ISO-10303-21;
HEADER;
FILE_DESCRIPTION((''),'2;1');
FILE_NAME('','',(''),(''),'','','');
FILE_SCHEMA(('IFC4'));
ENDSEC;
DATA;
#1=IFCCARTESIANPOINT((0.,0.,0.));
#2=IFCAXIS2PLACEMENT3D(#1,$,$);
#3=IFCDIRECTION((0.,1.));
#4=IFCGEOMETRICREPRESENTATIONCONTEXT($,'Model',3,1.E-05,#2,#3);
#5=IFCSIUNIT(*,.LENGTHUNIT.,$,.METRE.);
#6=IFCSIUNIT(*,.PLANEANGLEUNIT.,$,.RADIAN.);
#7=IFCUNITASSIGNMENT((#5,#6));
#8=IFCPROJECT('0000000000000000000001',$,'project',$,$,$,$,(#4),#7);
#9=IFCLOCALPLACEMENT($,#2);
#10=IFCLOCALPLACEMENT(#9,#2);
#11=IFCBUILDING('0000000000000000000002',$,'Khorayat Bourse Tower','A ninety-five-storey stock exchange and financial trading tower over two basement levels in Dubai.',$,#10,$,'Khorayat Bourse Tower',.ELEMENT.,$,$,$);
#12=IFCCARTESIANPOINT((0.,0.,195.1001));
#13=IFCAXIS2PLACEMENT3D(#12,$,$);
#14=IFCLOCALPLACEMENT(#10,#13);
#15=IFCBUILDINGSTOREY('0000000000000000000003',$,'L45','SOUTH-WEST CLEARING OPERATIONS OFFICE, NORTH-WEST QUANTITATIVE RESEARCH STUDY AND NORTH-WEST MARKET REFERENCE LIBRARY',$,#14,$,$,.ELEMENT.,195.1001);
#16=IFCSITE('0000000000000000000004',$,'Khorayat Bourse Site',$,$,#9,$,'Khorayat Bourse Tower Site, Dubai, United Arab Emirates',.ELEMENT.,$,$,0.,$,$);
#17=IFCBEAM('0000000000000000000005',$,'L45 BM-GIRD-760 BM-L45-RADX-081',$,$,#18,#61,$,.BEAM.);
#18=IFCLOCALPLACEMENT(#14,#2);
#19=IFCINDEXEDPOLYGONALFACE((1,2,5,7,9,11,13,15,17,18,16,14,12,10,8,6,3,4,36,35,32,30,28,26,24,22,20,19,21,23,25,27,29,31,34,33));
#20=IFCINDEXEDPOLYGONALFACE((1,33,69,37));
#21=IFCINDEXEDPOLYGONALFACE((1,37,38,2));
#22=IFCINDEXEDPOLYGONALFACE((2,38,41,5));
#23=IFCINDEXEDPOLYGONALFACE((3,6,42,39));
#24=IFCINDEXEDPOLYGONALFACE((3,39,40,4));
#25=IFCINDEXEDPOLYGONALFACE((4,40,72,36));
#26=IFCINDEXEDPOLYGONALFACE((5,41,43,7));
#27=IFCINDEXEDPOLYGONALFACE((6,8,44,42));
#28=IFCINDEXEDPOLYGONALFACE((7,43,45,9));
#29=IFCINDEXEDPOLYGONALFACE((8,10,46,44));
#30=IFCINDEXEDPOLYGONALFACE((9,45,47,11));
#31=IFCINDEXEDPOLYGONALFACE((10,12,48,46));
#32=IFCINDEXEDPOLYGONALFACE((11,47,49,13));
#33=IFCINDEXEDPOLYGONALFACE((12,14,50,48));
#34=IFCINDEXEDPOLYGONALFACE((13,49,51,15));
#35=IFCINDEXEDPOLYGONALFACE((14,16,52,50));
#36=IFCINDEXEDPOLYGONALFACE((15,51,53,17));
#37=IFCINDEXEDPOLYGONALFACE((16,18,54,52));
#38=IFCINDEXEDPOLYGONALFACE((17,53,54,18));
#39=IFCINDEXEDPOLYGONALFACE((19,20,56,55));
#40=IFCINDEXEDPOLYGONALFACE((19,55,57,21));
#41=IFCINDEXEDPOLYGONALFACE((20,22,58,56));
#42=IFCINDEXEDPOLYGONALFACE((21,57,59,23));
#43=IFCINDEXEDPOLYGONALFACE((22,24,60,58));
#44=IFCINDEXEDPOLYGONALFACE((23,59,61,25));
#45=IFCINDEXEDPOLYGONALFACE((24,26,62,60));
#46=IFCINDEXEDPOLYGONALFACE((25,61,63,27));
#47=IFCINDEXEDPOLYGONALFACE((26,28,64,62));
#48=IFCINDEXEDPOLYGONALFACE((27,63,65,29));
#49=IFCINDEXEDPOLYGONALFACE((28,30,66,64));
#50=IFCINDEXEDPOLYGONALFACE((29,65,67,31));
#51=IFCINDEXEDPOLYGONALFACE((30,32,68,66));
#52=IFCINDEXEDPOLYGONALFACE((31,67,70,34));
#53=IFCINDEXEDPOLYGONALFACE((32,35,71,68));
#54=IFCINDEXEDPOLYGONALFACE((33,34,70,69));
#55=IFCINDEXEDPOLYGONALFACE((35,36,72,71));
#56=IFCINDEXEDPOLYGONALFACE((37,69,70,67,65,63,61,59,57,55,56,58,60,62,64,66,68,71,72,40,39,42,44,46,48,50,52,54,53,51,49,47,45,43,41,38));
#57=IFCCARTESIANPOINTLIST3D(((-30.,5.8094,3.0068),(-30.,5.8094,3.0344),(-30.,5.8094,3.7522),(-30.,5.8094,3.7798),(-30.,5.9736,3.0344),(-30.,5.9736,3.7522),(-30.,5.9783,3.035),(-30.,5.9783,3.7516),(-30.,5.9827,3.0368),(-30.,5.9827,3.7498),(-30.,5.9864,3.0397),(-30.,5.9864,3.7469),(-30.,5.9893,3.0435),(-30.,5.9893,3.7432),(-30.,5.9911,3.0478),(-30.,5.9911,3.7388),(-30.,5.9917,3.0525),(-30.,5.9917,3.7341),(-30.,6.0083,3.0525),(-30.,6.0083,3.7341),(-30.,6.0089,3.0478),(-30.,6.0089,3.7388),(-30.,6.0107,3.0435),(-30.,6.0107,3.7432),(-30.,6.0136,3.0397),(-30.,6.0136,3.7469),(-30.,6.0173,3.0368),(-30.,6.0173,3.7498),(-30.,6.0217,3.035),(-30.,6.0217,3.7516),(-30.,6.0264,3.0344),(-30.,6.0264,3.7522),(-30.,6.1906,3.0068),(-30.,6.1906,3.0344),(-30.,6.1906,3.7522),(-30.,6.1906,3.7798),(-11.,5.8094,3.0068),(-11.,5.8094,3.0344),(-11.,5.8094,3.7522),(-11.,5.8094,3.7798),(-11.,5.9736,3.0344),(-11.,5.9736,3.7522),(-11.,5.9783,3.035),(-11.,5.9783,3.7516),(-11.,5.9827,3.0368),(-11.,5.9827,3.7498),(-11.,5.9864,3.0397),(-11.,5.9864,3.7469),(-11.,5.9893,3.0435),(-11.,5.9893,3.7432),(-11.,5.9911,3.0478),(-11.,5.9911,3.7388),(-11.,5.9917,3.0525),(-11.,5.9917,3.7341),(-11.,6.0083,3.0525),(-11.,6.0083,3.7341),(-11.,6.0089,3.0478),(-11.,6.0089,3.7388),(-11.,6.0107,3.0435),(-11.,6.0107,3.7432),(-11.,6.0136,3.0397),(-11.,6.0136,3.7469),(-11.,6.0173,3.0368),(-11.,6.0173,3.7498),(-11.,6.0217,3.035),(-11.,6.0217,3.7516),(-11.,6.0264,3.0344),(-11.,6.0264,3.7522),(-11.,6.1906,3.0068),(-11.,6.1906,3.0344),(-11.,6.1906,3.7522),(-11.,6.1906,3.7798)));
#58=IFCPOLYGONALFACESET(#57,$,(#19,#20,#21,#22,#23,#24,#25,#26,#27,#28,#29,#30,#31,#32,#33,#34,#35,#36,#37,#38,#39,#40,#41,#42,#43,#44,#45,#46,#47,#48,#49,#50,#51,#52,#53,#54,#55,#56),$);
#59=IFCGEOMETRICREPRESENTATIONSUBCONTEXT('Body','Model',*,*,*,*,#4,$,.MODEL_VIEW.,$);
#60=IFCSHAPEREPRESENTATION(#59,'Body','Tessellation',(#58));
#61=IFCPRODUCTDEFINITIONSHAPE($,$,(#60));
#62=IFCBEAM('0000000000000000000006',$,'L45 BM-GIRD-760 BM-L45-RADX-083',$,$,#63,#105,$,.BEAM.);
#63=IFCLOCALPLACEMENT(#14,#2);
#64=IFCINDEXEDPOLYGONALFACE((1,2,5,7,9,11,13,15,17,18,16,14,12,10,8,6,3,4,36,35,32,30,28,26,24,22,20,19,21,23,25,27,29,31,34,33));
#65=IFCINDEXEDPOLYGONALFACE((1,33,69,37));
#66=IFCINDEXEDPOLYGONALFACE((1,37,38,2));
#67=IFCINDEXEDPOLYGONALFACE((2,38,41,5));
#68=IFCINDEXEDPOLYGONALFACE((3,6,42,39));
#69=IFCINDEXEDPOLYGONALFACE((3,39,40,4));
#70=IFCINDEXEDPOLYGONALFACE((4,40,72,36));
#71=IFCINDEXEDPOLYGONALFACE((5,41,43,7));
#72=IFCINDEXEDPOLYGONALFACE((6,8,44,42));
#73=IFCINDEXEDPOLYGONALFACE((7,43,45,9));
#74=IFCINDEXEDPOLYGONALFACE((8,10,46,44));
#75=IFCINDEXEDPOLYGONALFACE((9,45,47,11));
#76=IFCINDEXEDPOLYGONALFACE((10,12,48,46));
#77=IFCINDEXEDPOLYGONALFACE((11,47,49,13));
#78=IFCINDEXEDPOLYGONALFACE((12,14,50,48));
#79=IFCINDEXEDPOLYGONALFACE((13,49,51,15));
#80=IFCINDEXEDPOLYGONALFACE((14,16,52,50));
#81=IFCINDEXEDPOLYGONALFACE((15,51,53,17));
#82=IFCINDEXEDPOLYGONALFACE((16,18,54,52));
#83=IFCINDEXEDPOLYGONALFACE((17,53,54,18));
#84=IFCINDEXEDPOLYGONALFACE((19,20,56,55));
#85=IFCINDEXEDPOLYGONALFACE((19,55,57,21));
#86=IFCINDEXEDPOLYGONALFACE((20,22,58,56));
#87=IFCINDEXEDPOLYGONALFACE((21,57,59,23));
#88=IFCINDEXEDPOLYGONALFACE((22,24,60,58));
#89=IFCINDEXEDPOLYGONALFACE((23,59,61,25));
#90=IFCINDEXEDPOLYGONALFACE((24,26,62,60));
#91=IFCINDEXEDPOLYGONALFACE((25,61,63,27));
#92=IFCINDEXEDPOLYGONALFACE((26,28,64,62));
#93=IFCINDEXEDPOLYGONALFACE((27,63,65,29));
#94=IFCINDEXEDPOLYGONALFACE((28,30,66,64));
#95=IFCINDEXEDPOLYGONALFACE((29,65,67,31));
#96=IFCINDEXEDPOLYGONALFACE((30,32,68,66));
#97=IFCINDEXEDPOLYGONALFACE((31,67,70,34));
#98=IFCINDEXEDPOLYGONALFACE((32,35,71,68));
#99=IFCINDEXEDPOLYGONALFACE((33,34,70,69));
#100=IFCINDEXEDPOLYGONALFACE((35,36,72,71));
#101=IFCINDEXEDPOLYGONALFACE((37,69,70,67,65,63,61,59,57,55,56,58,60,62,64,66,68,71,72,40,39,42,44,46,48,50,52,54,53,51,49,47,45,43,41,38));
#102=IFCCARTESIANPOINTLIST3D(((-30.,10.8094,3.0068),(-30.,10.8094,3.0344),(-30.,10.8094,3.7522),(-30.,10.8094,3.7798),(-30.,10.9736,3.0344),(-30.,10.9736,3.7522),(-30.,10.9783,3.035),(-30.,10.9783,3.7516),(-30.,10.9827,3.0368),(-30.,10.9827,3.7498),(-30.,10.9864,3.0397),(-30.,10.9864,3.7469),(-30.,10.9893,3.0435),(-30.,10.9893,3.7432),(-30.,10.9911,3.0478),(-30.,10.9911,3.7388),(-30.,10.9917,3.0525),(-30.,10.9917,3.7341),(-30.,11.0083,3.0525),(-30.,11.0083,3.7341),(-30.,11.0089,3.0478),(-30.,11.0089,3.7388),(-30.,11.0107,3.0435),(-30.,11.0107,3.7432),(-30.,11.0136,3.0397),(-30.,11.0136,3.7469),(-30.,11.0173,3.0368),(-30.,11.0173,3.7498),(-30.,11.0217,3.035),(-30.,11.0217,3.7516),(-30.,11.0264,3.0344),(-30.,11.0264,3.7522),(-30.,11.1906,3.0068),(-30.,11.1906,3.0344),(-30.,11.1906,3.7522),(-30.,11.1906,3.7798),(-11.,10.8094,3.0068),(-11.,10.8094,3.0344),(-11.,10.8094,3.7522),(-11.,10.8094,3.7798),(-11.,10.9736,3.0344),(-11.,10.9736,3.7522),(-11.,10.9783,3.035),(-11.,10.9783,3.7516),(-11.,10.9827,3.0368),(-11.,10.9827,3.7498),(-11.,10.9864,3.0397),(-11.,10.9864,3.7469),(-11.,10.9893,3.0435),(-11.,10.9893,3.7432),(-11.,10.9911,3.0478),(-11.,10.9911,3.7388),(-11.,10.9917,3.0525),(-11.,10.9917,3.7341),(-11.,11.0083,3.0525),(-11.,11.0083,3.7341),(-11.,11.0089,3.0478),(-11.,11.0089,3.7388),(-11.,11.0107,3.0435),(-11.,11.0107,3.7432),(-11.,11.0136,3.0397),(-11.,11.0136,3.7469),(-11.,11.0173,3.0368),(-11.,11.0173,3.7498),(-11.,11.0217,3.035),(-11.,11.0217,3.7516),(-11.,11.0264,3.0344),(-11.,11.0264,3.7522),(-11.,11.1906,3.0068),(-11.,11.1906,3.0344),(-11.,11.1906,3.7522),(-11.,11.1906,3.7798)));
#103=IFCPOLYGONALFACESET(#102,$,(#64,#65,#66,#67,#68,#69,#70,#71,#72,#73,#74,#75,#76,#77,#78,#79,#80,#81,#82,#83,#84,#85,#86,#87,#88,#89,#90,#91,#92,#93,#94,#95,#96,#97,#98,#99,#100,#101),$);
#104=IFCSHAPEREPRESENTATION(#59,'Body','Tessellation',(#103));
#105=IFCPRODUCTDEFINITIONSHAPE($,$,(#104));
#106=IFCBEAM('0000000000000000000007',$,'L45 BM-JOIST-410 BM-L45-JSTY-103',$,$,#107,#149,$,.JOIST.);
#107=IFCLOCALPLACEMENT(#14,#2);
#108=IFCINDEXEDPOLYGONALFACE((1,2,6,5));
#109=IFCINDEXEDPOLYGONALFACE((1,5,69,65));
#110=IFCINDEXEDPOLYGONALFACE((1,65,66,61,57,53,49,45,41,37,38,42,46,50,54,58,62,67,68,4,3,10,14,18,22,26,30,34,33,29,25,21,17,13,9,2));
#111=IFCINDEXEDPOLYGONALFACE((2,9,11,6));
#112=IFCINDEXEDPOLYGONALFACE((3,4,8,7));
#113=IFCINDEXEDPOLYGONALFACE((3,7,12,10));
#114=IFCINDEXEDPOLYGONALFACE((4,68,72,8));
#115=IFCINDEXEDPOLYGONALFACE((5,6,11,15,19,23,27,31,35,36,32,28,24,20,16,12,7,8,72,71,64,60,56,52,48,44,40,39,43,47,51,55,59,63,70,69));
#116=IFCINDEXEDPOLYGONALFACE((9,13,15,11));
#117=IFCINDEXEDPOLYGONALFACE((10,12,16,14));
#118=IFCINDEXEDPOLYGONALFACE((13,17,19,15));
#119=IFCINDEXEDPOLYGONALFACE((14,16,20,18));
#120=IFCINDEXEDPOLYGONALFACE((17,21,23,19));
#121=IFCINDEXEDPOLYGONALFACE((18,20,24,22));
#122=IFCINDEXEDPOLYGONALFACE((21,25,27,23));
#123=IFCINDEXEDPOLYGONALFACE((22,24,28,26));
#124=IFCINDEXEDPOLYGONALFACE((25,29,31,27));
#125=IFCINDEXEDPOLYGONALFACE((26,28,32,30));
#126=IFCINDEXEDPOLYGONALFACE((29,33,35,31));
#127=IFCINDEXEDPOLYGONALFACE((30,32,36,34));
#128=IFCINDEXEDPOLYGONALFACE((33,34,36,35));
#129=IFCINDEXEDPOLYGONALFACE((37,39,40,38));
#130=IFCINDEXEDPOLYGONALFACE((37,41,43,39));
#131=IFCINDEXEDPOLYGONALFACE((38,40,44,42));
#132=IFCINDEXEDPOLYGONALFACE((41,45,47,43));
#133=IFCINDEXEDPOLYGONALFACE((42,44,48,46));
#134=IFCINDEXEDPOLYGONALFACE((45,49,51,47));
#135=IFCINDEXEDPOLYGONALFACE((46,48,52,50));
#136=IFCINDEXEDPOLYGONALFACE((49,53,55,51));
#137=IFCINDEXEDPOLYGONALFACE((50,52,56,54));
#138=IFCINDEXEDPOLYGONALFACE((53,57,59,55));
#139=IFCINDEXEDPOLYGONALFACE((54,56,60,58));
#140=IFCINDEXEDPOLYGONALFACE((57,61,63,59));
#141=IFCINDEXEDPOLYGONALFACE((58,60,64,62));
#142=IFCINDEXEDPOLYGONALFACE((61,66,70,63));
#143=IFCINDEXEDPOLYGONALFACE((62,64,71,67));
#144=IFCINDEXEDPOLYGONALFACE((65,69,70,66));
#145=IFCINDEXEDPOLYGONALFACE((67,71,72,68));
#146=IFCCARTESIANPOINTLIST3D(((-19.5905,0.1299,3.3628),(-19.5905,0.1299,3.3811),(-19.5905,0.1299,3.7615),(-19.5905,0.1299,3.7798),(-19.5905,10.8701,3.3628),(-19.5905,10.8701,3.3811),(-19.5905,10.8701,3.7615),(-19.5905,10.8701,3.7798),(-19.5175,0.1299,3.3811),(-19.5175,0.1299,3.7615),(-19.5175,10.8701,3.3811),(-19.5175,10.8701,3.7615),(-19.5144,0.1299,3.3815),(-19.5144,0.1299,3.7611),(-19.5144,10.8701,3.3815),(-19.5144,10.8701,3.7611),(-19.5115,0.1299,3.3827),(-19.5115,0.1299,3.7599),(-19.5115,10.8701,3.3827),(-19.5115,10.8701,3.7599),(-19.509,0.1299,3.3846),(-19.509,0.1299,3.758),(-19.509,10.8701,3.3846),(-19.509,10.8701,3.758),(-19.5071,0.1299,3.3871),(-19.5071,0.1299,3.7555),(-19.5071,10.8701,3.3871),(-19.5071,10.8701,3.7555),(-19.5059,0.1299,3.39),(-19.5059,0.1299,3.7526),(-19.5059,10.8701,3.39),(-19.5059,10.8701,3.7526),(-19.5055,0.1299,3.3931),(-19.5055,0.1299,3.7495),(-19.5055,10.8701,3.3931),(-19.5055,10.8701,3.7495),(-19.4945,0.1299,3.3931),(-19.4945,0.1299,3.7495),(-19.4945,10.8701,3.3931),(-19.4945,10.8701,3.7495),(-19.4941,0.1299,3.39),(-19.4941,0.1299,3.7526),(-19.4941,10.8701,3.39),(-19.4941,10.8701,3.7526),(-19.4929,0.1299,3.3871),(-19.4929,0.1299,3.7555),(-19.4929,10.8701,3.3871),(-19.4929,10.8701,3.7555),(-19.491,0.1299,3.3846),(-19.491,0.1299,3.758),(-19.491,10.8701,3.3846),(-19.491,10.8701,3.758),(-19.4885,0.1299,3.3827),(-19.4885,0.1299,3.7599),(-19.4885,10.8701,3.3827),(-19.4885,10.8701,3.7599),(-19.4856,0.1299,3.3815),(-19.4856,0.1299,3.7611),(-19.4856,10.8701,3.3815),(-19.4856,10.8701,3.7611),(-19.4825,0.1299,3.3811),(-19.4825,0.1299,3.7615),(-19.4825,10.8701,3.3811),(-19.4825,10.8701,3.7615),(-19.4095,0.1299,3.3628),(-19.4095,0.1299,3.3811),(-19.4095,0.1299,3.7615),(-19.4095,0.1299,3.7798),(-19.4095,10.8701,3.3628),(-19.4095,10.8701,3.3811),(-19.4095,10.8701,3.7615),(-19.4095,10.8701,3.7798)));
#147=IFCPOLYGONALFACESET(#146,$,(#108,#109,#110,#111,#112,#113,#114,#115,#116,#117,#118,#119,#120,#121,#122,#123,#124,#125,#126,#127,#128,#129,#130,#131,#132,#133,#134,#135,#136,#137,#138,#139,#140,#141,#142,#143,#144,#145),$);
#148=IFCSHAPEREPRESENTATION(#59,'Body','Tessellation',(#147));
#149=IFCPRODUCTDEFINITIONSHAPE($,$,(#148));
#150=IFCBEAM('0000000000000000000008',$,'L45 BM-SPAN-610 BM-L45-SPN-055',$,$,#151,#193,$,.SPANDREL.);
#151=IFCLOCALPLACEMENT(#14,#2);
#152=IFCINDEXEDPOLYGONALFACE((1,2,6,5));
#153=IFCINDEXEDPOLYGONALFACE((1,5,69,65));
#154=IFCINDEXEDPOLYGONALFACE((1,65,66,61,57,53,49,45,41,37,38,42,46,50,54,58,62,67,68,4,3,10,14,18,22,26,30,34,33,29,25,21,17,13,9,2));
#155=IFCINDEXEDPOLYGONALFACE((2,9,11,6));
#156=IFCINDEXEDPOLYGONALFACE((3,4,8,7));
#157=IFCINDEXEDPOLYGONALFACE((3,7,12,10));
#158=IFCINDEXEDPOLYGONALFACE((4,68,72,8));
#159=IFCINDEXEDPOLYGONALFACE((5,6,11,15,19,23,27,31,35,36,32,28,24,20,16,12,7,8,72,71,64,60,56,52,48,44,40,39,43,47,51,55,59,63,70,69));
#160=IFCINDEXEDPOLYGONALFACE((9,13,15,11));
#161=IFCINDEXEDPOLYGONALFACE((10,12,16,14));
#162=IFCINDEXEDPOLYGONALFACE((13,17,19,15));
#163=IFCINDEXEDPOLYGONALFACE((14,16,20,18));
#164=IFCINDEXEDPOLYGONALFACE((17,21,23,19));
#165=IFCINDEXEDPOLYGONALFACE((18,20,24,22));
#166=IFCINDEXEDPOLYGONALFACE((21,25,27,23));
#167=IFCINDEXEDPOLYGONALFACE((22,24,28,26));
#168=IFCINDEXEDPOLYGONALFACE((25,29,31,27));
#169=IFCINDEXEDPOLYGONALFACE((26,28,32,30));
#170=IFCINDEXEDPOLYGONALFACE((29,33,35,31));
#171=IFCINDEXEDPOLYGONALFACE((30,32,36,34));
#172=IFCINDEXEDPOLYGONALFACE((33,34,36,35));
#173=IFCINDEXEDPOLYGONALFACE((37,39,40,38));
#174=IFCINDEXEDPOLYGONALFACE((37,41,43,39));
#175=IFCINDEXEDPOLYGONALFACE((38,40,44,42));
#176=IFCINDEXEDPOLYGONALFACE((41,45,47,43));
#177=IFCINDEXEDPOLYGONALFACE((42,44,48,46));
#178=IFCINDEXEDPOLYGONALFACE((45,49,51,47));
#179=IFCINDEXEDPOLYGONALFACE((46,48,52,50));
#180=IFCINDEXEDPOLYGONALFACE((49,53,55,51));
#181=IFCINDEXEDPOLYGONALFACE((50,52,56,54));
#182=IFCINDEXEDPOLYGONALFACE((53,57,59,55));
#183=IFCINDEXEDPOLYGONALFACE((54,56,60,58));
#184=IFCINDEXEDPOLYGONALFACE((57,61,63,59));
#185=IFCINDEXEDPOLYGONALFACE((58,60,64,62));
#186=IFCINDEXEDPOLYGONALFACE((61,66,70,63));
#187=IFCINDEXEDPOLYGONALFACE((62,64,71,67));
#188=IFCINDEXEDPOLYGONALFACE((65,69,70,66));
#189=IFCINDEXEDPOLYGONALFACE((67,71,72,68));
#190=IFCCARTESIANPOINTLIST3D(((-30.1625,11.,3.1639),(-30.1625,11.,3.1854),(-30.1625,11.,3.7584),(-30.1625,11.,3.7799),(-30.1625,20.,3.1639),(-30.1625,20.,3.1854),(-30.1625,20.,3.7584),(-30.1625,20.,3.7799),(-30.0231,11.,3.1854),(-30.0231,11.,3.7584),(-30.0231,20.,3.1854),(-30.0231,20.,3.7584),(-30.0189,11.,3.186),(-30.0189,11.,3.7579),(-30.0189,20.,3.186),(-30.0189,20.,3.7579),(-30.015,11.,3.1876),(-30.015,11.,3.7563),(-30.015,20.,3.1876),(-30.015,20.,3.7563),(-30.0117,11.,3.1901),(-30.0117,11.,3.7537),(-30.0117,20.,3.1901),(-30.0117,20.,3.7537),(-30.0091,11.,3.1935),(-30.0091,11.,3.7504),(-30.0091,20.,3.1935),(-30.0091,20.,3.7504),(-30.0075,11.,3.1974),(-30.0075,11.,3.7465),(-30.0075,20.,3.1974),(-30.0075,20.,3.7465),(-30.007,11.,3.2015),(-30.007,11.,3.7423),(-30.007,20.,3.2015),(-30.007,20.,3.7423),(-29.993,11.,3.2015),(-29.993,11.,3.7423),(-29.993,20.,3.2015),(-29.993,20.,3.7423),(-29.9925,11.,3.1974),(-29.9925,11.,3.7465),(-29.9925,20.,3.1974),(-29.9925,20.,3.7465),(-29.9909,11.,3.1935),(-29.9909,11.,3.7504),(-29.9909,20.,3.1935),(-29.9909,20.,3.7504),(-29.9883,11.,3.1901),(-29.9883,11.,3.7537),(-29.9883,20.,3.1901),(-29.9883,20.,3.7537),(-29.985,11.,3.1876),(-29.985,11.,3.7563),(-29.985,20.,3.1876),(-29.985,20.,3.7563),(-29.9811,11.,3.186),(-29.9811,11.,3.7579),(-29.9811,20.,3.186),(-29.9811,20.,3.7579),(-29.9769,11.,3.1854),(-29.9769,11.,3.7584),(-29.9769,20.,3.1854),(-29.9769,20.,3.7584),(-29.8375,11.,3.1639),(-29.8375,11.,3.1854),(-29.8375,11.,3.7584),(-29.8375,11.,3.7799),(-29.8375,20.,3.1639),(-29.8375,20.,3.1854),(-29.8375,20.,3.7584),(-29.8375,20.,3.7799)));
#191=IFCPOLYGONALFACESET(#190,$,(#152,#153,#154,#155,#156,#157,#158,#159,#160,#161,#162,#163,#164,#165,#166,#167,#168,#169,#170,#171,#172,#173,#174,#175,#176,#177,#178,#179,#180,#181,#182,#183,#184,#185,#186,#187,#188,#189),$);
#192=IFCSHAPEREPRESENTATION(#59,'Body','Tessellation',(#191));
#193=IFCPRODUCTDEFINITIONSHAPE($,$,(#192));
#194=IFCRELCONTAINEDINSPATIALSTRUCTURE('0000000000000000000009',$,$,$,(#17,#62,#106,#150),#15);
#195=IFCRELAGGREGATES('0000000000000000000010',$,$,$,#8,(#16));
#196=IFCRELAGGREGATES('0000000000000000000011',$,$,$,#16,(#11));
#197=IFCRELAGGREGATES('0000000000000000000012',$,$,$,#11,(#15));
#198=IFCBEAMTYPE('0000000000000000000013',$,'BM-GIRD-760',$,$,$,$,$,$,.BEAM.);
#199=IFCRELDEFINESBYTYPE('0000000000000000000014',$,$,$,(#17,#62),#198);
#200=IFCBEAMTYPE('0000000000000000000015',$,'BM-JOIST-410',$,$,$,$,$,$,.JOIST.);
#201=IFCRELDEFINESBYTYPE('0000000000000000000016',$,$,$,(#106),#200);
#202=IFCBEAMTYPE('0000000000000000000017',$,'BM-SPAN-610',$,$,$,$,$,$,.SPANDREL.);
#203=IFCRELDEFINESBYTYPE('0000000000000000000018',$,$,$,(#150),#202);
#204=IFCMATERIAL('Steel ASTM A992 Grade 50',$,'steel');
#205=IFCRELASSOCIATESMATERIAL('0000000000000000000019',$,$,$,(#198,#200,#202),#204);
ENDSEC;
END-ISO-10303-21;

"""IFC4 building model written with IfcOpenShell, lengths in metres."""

from ifc_helpers import new_model, si_unit, direction, frame, origin, origin_2d, place, context, subcontext, project, spatial, i_section, extrude, source, transform, mapped, material, material_profile, profile_set, type_object, element, save


model = new_model("IFC4")

# Units and contexts
model_context = context("Model", 3, precision=1e-05, world=origin(), true_north=direction((0.0, 1.0)))
body_context = subcontext(model_context, "Body", "Model", "MODEL_VIEW")
ifc_project = project(units=[si_unit("LENGTHUNIT", "METRE"), si_unit("PLANEANGLEUNIT", "RADIAN")], contexts=[model_context])

# Site, building, storey
site_placement = place(None, origin())
site = spatial("IfcSite", under=ifc_project, at=site_placement, Name="Khorayat Bourse Site", LongName="Khorayat Bourse Tower Site, Dubai, United Arab Emirates", CompositionType="ELEMENT", RefElevation=0.0)
building_placement = place(site_placement, origin())
building = spatial("IfcBuilding", under=site, at=building_placement, Name="Khorayat Bourse Tower", Description="A ninety-five-storey stock exchange and financial trading tower over two basement levels in Dubai.", LongName="Khorayat Bourse Tower", CompositionType="ELEMENT")
storey_placement = place(building_placement, frame((0.0, 0.0, 195.1001)))
storey = spatial("IfcBuildingStorey", under=building, at=storey_placement, Name="L45", Description="SOUTH-WEST CLEARING OPERATIONS OFFICE, NORTH-WEST QUANTITATIVE RESEARCH STUDY AND NORTH-WEST MARKET REFERENCE LIBRARY", CompositionType="ELEMENT", Elevation=195.1001)

# Beams
ifc_material_1 = material(Name="Steel ASTM A992 Grade 50", Category="steel")
ifc_material_profile_1 = material_profile(ifc_material_1, i_section(OverallWidth=0.3811, OverallDepth=0.7729, WebThickness=0.0166, FlangeThickness=0.0276, FilletRadius=0.0181, at=origin_2d()), Name="W760X257")
ifc_profile_set_1 = profile_set([ifc_material_profile_1], Name="Steel ASTM A992 Grade 50")
beam_type_1 = type_object("IfcBeamType", Name="BM-GIRD-760", PredefinedType="BEAM", material=ifc_profile_set_1)
shared_shape_1 = source(origin(), body_context, "Body", "SweptSolid", [
    extrude(i_section(OverallWidth=0.3811, OverallDepth=0.7729, WebThickness=0.0166, FlangeThickness=0.0276, FilletRadius=0.0181, at=origin_2d()), origin(), (0.0, 0.0, 1.0), 19.0),
])
for number, where, z_axis, x_axis, name in (
    (1, (-30.0, 6.0, 3.3933), (1.0, 0.0, 0.0), (0.0, 1.0, 0.0), "L45 BM-GIRD-760 BM-L45-RADX-081"),
    (2, (-30.0, 11.0, 3.3933), (1.0, 0.0, 0.0), (0.0, 1.0, 0.0), "L45 BM-GIRD-760 BM-L45-RADX-083"),
):
    element("IfcBeam", number, at=place(storey_placement, frame(where, z_axis=z_axis, x_axis=x_axis)), inside=storey, type_object=beam_type_1, Name=name, PredefinedType="BEAM", context=body_context, shape_type="MappedRepresentation", body=[
        mapped(shared_shape_1, transform((0.0, 0.0, 0.0), scale=1.0)),
    ])
ifc_material_profile_2 = material_profile(ifc_material_1, i_section(OverallWidth=0.1809, OverallDepth=0.417, WebThickness=0.011, FlangeThickness=0.0183, FilletRadius=0.012, at=origin_2d()), Name="W410X85")
ifc_profile_set_2 = profile_set([ifc_material_profile_2], Name="Steel ASTM A992 Grade 50")
beam_type_2 = type_object("IfcBeamType", Name="BM-JOIST-410", PredefinedType="JOIST", material=ifc_profile_set_2)
shared_shape_2 = source(origin(), body_context, "Body", "SweptSolid", [
    extrude(i_section(OverallWidth=0.1809, OverallDepth=0.417, WebThickness=0.011, FlangeThickness=0.0183, FilletRadius=0.012, at=origin_2d()), origin(), (0.0, 0.0, 1.0), 10.7402),
])
beam_1_placement = place(storey_placement, frame((-19.5, 0.1299, 3.5713), z_axis=(0.0, 1.0, 0.0), x_axis=(-1.0, 0.0, 0.0)))
element("IfcBeam", 3, at=beam_1_placement, inside=storey, type_object=beam_type_2, Name="L45 BM-JOIST-410 BM-L45-JSTY-103", PredefinedType="JOIST", context=body_context, shape_type="MappedRepresentation", body=[
    mapped(shared_shape_2, transform((0.0, 0.0, 0.0), scale=1.0)),
])
ifc_material_profile_3 = material_profile(ifc_material_1, i_section(OverallWidth=0.325, OverallDepth=0.616, WebThickness=0.0139, FlangeThickness=0.0215, FilletRadius=0.0161, at=origin_2d()), Name="W610X174")
ifc_profile_set_3 = profile_set([ifc_material_profile_3], Name="Steel ASTM A992 Grade 50")
beam_type_3 = type_object("IfcBeamType", Name="BM-SPAN-610", PredefinedType="SPANDREL", material=ifc_profile_set_3)
shared_shape_3 = source(origin(), body_context, "Body", "SweptSolid", [
    extrude(i_section(OverallWidth=0.325, OverallDepth=0.616, WebThickness=0.0139, FlangeThickness=0.0215, FilletRadius=0.0161, at=origin_2d()), origin(), (0.0, 0.0, 1.0), 9.0),
])
beam_2_placement = place(storey_placement, frame((-30.0, 11.0, 3.4719), z_axis=(0.0, 1.0, 0.0), x_axis=(-1.0, 0.0, 0.0)))
element("IfcBeam", 4, at=beam_2_placement, inside=storey, type_object=beam_type_3, Name="L45 BM-SPAN-610 BM-L45-SPN-055", PredefinedType="SPANDREL", context=body_context, shape_type="MappedRepresentation", body=[
    mapped(shared_shape_3, transform((0.0, 0.0, 0.0), scale=1.0)),
])

save(model, "model.ifc")
